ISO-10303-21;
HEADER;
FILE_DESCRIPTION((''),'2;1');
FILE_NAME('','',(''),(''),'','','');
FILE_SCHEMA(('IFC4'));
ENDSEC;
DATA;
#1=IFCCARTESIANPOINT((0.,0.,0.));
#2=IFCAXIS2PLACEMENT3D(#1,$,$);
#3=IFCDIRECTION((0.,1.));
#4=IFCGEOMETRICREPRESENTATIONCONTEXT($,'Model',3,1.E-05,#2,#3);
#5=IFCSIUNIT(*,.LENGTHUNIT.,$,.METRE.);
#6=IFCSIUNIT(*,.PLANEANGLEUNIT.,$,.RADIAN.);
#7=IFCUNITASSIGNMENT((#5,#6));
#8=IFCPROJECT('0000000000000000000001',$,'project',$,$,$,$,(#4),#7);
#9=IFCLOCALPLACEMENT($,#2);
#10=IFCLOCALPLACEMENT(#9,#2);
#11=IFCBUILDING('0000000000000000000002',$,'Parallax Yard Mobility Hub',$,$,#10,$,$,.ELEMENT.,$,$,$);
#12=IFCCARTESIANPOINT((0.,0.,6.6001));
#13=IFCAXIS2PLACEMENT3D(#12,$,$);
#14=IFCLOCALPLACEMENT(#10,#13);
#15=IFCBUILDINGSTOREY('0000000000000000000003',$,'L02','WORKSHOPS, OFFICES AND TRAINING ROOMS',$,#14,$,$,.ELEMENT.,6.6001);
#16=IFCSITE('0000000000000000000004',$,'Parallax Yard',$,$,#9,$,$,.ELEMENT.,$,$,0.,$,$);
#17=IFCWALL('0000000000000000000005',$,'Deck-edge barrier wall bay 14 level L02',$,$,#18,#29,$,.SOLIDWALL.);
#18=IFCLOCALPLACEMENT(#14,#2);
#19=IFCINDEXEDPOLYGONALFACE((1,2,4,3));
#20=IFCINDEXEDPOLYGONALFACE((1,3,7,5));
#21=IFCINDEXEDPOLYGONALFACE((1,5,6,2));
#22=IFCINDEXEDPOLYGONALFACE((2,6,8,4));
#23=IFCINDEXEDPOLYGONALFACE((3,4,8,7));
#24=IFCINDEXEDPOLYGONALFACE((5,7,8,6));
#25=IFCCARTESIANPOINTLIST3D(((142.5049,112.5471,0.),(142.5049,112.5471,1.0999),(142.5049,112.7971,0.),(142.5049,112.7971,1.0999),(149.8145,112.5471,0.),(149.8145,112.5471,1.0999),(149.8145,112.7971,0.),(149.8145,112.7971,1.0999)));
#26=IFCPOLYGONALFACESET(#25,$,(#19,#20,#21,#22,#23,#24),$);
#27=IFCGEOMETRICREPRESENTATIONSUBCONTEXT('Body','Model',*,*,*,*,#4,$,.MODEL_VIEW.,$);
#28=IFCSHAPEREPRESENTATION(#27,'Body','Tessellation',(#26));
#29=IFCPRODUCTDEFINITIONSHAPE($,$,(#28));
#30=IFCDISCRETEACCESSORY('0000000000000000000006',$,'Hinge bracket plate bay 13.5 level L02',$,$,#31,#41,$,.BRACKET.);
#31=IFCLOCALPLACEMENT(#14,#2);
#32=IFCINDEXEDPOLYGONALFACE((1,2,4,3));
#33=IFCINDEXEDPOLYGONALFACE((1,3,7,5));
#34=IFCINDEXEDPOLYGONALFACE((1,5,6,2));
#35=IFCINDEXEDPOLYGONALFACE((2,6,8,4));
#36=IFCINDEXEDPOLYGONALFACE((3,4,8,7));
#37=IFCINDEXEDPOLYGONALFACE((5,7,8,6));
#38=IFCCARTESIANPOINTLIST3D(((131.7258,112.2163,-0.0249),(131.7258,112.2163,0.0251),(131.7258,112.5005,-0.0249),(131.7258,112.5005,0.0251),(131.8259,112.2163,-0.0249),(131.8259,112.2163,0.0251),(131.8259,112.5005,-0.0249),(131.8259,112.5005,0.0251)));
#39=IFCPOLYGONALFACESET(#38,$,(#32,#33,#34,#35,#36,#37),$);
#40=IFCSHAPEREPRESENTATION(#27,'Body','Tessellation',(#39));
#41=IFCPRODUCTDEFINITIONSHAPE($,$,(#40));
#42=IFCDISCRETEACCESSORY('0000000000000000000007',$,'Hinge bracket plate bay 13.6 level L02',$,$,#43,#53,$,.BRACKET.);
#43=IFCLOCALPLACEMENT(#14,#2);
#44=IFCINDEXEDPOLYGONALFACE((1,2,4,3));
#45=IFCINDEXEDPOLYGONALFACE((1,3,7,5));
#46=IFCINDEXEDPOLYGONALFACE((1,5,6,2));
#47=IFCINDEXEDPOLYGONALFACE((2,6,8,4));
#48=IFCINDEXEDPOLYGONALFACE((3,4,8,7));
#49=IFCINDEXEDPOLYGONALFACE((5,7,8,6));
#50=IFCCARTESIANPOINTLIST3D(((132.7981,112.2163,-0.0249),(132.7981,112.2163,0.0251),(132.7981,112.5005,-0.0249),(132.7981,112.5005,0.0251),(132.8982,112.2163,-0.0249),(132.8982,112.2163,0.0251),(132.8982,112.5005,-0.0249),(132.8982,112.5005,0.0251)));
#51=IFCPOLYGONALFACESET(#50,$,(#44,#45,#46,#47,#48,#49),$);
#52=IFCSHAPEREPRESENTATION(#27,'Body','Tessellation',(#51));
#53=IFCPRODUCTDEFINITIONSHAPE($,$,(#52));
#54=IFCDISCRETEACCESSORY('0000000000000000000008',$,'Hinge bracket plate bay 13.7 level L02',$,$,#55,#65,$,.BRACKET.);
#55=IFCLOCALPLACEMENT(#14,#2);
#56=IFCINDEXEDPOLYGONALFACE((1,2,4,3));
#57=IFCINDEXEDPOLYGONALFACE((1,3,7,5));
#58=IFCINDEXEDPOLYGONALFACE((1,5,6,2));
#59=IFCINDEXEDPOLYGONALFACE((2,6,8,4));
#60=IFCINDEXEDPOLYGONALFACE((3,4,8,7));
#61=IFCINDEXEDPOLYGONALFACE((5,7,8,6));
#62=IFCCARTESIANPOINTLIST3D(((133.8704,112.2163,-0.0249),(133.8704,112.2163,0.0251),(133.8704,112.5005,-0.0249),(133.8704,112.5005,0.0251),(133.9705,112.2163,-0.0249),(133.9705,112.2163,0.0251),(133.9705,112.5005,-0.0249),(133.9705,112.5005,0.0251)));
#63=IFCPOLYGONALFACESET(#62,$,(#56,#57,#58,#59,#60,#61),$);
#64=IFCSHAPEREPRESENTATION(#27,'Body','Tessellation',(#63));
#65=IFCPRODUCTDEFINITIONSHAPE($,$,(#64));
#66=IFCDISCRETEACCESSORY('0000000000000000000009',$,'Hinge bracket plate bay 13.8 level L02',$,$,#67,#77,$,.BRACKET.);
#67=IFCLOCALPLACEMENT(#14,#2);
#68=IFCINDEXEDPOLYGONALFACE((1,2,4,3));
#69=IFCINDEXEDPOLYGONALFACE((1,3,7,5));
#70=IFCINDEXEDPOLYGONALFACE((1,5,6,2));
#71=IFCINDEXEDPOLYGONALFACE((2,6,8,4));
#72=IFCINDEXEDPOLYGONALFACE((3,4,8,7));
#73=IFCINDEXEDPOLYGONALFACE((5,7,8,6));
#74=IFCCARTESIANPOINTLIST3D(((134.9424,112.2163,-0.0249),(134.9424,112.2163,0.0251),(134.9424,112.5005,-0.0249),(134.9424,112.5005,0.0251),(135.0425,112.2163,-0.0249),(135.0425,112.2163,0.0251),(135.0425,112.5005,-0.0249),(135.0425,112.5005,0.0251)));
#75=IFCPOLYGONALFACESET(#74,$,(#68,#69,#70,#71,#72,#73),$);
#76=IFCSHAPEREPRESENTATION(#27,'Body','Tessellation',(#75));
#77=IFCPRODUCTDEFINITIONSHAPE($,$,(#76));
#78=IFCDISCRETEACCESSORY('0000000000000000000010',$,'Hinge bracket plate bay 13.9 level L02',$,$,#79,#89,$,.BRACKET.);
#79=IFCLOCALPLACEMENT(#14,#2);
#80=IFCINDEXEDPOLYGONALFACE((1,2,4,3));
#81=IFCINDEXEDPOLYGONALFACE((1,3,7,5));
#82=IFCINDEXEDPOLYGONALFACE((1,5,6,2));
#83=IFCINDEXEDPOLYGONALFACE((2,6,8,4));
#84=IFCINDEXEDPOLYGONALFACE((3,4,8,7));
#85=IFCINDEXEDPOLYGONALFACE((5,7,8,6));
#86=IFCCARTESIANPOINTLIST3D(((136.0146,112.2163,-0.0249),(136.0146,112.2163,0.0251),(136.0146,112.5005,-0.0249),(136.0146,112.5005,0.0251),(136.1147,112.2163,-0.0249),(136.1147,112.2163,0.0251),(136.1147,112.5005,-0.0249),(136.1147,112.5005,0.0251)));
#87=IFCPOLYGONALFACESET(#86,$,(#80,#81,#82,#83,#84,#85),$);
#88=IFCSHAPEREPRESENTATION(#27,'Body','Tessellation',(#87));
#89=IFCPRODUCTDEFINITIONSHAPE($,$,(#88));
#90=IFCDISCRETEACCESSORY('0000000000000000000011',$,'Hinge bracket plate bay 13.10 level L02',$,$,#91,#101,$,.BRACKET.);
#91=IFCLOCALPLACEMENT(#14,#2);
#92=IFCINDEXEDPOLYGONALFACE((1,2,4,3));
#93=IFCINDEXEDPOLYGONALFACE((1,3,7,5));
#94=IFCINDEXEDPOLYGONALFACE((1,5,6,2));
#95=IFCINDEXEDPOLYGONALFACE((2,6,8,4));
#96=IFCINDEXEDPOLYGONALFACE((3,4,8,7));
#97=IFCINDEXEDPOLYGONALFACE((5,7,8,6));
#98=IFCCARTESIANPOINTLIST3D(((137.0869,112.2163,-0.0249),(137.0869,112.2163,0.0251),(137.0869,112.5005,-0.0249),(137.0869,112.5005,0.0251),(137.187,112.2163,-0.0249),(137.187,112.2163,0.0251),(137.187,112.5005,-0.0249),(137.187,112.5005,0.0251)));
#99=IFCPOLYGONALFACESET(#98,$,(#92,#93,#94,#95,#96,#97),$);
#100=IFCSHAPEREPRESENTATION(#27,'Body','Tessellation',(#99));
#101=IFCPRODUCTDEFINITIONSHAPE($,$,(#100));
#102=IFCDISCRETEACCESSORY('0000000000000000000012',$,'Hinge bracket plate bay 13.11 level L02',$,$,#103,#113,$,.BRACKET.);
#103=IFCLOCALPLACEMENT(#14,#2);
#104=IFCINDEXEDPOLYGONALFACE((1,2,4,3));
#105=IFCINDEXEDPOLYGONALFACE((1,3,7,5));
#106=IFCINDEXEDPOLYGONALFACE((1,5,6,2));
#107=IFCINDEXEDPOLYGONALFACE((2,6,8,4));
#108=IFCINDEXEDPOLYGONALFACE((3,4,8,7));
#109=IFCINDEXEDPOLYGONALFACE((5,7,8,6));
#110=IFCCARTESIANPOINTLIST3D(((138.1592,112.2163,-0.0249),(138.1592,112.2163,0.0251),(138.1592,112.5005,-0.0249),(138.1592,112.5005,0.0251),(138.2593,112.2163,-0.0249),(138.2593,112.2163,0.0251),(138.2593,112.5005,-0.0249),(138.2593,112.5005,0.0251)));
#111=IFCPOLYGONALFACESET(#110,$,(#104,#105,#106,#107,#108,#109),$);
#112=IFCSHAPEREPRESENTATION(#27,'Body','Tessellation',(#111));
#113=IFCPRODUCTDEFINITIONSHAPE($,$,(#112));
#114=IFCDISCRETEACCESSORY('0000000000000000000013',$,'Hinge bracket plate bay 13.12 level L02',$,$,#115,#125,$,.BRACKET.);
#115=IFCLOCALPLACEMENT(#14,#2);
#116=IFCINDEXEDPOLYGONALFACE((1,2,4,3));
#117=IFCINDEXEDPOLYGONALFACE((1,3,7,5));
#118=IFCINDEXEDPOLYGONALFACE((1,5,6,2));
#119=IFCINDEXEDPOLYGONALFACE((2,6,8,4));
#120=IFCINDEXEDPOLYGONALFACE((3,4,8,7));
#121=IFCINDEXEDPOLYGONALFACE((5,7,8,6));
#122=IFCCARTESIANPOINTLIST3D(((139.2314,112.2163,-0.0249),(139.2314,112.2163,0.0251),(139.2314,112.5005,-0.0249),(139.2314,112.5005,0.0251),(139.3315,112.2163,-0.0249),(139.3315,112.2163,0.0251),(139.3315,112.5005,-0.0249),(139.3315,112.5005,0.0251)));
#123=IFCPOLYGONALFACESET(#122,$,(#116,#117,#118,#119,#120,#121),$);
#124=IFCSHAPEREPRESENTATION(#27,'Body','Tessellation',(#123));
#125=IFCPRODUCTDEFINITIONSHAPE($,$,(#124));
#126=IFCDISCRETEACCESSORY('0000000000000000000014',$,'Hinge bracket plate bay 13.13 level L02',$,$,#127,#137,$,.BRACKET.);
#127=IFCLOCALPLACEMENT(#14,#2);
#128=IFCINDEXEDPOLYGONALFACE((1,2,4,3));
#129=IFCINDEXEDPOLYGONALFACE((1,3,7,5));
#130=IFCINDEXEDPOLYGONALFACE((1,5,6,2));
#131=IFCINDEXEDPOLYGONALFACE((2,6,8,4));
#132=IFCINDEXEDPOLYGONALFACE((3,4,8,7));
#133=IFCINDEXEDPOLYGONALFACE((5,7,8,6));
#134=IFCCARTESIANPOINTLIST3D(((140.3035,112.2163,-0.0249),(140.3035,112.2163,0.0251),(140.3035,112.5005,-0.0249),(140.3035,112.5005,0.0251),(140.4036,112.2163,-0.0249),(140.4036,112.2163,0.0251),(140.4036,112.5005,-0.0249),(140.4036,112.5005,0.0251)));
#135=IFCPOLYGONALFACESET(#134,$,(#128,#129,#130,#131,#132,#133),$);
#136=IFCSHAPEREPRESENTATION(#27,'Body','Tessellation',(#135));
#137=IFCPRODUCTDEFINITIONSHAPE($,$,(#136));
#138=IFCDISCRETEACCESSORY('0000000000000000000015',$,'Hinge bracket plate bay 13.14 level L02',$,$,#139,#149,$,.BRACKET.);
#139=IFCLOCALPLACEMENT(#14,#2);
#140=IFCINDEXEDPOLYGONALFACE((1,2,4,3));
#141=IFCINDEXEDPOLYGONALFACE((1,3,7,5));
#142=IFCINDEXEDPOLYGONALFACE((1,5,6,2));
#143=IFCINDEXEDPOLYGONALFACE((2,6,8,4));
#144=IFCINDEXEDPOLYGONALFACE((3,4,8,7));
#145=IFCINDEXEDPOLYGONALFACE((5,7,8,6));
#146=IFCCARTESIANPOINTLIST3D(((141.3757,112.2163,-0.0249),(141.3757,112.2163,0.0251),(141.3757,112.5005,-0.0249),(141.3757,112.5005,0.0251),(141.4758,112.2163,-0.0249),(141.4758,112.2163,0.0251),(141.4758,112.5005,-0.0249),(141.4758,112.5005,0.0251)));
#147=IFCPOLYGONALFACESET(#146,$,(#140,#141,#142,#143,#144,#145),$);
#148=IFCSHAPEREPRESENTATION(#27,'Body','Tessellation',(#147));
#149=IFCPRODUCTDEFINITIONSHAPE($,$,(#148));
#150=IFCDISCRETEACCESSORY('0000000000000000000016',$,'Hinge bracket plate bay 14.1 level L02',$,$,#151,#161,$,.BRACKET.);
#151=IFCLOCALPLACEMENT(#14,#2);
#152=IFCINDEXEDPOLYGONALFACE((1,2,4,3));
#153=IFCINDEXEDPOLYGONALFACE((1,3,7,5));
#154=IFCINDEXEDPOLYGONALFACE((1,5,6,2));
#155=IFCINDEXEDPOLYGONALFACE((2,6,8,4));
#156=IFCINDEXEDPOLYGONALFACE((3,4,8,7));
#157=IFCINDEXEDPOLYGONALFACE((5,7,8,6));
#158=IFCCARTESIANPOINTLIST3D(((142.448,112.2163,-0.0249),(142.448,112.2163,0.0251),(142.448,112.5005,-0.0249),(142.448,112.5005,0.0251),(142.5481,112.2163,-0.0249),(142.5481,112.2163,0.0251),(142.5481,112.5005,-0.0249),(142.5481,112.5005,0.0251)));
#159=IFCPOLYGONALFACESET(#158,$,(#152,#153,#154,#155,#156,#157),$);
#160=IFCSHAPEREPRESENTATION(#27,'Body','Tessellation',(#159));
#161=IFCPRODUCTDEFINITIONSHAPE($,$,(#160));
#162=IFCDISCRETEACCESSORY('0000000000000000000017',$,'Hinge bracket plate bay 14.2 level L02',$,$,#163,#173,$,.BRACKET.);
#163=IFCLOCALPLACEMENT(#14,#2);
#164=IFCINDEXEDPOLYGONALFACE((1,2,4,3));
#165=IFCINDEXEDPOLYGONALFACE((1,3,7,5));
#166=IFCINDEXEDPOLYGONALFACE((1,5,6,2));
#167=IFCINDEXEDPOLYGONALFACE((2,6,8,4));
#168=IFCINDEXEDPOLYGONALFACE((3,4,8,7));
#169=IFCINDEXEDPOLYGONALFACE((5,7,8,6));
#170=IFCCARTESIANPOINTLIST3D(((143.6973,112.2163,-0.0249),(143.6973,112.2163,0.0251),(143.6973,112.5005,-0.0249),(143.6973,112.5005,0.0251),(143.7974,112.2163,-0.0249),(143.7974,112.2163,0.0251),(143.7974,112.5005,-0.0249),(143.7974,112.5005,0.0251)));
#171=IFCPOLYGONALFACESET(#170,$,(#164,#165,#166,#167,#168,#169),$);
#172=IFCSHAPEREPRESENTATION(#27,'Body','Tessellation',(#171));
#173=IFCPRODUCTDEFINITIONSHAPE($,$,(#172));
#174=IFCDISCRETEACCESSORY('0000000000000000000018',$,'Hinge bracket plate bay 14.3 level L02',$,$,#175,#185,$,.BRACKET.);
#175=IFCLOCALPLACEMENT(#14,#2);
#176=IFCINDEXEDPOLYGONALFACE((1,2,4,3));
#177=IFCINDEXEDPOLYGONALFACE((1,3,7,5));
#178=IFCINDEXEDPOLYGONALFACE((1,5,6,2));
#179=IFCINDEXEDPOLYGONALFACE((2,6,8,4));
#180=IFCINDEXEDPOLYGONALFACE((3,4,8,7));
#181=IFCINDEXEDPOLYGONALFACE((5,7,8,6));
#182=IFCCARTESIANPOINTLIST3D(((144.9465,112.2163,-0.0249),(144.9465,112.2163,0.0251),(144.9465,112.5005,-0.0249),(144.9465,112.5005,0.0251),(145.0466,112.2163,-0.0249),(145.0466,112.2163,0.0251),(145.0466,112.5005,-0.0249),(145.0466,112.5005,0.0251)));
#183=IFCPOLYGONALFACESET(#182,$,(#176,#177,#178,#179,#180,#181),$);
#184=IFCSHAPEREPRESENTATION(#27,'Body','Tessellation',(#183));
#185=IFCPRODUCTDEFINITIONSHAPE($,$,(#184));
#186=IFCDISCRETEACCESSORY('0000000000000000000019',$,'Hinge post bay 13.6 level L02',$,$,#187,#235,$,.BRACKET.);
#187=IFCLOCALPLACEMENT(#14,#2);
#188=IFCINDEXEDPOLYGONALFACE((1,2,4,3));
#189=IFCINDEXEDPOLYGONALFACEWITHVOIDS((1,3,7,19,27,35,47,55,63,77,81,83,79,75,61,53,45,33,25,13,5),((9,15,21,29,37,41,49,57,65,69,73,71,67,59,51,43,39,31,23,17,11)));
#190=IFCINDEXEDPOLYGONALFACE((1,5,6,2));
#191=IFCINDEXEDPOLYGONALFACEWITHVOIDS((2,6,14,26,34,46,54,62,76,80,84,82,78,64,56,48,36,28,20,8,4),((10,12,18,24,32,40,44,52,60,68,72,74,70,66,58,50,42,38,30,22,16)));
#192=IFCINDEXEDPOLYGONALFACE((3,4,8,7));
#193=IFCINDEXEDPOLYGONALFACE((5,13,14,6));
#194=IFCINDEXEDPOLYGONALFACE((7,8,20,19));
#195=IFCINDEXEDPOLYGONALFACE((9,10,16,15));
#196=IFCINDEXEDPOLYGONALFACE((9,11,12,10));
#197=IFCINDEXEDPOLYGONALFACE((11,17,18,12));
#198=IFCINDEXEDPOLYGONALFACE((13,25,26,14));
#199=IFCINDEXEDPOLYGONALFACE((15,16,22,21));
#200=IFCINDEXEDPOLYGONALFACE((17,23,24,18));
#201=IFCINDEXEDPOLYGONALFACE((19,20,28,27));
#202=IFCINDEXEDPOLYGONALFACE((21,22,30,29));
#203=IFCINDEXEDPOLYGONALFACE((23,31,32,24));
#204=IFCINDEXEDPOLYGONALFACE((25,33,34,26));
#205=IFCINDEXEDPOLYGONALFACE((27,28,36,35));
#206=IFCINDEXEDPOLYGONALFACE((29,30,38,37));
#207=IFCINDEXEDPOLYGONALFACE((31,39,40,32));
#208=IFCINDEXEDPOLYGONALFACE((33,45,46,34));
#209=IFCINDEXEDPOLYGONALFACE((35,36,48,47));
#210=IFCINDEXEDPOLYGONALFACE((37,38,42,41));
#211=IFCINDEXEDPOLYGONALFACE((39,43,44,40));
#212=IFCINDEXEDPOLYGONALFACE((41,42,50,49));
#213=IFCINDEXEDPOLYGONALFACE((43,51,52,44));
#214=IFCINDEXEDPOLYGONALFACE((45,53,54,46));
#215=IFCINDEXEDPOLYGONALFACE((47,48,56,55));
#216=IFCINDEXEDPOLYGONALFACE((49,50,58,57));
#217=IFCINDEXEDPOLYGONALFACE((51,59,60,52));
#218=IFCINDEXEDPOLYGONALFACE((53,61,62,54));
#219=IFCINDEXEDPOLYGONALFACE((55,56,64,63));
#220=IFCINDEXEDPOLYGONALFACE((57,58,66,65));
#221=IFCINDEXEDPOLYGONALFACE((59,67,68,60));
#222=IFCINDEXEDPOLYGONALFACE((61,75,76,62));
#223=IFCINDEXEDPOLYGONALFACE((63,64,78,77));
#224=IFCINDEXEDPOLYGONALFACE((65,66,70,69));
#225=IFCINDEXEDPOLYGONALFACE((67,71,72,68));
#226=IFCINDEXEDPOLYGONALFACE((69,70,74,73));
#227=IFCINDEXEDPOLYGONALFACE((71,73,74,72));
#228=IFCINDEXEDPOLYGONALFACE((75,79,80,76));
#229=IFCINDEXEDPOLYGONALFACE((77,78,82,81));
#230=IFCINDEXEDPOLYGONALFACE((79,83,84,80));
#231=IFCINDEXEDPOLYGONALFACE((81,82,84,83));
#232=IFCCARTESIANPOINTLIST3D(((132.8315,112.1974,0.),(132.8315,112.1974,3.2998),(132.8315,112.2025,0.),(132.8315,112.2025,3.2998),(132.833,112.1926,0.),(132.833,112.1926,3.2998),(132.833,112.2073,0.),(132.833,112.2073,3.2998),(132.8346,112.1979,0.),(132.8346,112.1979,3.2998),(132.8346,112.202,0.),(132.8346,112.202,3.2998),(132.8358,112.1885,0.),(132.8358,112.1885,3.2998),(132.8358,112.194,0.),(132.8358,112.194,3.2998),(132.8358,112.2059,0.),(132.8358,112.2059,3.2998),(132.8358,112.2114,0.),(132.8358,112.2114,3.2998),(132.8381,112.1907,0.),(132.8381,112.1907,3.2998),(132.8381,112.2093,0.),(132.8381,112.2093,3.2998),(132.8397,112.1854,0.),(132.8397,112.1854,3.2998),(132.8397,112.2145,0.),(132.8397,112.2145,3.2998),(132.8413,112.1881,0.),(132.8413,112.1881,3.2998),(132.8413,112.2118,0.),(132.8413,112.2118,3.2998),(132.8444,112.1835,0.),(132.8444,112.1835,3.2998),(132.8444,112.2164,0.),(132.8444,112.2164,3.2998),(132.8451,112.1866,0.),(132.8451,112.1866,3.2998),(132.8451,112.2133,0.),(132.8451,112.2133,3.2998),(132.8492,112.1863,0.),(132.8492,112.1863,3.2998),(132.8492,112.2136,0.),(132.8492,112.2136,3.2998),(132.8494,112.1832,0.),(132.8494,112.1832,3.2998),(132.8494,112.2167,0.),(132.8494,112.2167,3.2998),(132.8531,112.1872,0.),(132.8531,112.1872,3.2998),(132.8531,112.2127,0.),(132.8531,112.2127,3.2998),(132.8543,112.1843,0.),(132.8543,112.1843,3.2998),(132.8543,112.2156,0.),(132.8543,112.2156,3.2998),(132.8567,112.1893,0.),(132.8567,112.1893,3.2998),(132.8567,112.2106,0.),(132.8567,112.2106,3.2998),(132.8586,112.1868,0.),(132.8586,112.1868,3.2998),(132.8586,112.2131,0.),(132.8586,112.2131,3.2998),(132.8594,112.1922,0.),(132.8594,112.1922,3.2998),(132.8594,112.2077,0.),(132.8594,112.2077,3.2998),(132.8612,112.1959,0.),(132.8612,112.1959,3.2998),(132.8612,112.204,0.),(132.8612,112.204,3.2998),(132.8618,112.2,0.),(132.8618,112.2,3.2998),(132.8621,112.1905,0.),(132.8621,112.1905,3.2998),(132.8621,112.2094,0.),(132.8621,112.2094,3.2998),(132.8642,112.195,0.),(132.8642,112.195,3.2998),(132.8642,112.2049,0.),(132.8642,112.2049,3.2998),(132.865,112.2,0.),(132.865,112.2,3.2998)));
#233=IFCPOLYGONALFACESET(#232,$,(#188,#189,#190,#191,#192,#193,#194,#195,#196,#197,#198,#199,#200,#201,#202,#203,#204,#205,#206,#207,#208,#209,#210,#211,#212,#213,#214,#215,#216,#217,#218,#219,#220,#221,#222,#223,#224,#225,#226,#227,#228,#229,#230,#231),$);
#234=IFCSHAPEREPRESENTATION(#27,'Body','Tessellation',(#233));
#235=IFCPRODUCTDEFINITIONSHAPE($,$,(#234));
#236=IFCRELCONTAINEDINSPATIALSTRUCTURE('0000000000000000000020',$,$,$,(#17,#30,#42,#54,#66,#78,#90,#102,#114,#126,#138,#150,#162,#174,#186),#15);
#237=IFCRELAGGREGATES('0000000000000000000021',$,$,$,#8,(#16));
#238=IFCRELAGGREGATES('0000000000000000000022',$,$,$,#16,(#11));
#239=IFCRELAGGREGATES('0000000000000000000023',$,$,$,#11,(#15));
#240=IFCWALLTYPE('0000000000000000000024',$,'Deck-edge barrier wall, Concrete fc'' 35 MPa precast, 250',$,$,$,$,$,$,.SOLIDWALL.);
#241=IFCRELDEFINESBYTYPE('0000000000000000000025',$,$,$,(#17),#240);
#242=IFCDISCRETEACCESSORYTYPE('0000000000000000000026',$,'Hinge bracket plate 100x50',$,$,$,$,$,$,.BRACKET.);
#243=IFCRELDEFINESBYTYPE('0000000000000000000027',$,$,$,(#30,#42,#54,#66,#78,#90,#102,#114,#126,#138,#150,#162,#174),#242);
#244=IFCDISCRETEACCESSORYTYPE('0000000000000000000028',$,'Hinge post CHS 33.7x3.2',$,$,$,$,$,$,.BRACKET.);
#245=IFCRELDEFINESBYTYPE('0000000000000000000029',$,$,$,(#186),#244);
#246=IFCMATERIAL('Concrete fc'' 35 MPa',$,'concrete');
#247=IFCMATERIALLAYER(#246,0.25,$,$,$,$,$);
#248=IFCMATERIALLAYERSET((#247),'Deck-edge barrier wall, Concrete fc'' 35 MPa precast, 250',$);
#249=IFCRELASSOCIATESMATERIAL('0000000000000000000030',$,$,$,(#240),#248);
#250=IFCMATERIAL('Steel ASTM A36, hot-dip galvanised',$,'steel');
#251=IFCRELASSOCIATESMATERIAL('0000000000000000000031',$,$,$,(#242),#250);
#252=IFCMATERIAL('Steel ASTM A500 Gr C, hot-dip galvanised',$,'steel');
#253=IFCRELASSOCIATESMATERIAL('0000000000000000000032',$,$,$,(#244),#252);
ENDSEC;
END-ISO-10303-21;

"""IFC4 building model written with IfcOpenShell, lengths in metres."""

from ifc_helpers import new_model, si_unit, direction, frame, frame_2d, origin, origin_2d, place, context, subcontext, project, spatial, rectangle, hollow_circle, extrude, material, layer, layer_set, material_profile, profile_set, type_object, element, save


model = new_model("IFC4")

# Units and contexts
model_context = context("Model", 3, precision=1e-05, world=origin(), true_north=direction((0.0, 1.0)))
body_context = subcontext(model_context, "Body", "Model", "MODEL_VIEW")
ifc_project = project(units=[si_unit("LENGTHUNIT", "METRE"), si_unit("PLANEANGLEUNIT", "RADIAN")], contexts=[model_context])

# Site, building, storey
site_placement = place(None, origin())
site = spatial("IfcSite", under=ifc_project, at=site_placement, Name="Parallax Yard", CompositionType="ELEMENT", RefElevation=0.0)
building_placement = place(site_placement, origin())
building = spatial("IfcBuilding", under=site, at=building_placement, Name="Parallax Yard Mobility Hub", CompositionType="ELEMENT")
storey_placement = place(building_placement, frame((0.0, 0.0, 6.6001)))
storey = spatial("IfcBuildingStorey", under=building, at=storey_placement, Name="L02", Description="WORKSHOPS, OFFICES AND TRAINING ROOMS", CompositionType="ELEMENT", Elevation=6.6001)

# Shared definitions
ifc_material_1 = material(Name="Concrete fc' 35 MPa", Category="concrete")

# Wall
ifc_layer_1 = layer(ifc_material_1, 0.25)
ifc_layer_set_1 = layer_set([ifc_layer_1], Name="Deck-edge barrier wall, Concrete fc' 35 MPa precast, 250")
wall_type_1 = type_object("IfcWallType", Name="Deck-edge barrier wall, Concrete fc' 35 MPa precast, 250", PredefinedType="SOLIDWALL", material=ifc_layer_set_1)
wall_1_placement = place(storey_placement, frame((142.5049, 112.6721, 0.0), z_axis=(0.0, 0.0, 1.0), x_axis=(1.0, 0.0, 0.0)))
element("IfcWall", 1, at=wall_1_placement, inside=storey, type_object=wall_type_1, Name="Deck-edge barrier wall bay 14 level L02", PredefinedType="SOLIDWALL", context=body_context, shape_type="SweptSolid", body=[
    extrude(rectangle(XDim=7.3096, YDim=0.25, at=frame_2d((3.6548, 0.0))), origin(), (0.0, 0.0, 1.0), 1.0999),
])

# Discrete accessories
ifc_material_2 = material(Name="Steel ASTM A36, hot-dip galvanised", Category="steel")
discrete_accessory_type_1 = type_object("IfcDiscreteAccessoryType", Name="Hinge bracket plate 100x50", PredefinedType="BRACKET", material=ifc_material_2)
for number, where, z_axis, x_axis, name in (
    (2, (131.7759, 112.3584, -0.0249), (0.0, 0.0, 1.0), (0.0, -1.0, 0.0), "Hinge bracket plate bay 13.5 level L02"),
    (3, (132.8481, 112.3584, -0.0249), (0.0, 0.0, 1.0), (0.0, -1.0, 0.0), "Hinge bracket plate bay 13.6 level L02"),
    (4, (133.9204, 112.3584, -0.0249), (0.0, 0.0, 1.0), (0.0, -1.0, 0.0), "Hinge bracket plate bay 13.7 level L02"),
    (5, (134.9924, 112.3584, -0.0249), (0.0, 0.0, 1.0), (0.0, -1.0, 0.0), "Hinge bracket plate bay 13.8 level L02"),
    (6, (136.0647, 112.3584, -0.0249), (0.0, 0.0, 1.0), (0.0, -1.0, 0.0), "Hinge bracket plate bay 13.9 level L02"),
    (7, (137.137, 112.3584, -0.0249), (0.0, 0.0, 1.0), (0.0, -1.0, 0.0), "Hinge bracket plate bay 13.10 level L02"),
    (8, (138.2092, 112.3584, -0.0249), (0.0, 0.0, 1.0), (0.0, -1.0, 0.0), "Hinge bracket plate bay 13.11 level L02"),
    (9, (139.2815, 112.3584, -0.0249), (0.0, 0.0, 1.0), (0.0, -1.0, 0.0), "Hinge bracket plate bay 13.12 level L02"),
    (10, (140.3535, 112.3584, -0.0249), (0.0, 0.0, 1.0), (0.0, -1.0, 0.0), "Hinge bracket plate bay 13.13 level L02"),
    (11, (141.4258, 112.3584, -0.0249), (0.0, 0.0, 1.0), (0.0, -1.0, 0.0), "Hinge bracket plate bay 13.14 level L02"),
    (12, (142.498, 112.3584, -0.0249), (0.0, 0.0, 1.0), (0.0, -1.0, 0.0), "Hinge bracket plate bay 14.1 level L02"),
    (13, (143.7473, 112.3584, -0.0249), (0.0, 0.0, 1.0), (0.0, -1.0, 0.0), "Hinge bracket plate bay 14.2 level L02"),
    (14, (144.9966, 112.3584, -0.0249), (0.0, 0.0, 1.0), (0.0, -1.0, 0.0), "Hinge bracket plate bay 14.3 level L02"),
):
    element("IfcDiscreteAccessory", number, at=place(storey_placement, frame(where, z_axis=z_axis, x_axis=x_axis)), inside=storey, type_object=discrete_accessory_type_1, Name=name, PredefinedType="BRACKET", context=body_context, shape_type="SweptSolid", body=[
        extrude(rectangle(XDim=0.2842, YDim=0.1001, at=origin_2d()), origin(), (0.0, 0.0, 1.0), 0.05),
    ])
ifc_material_3 = material(Name="Steel ASTM A500 Gr C, hot-dip galvanised", Category="steel")
ifc_material_profile_1 = material_profile(ifc_material_3, hollow_circle(Radius=0.0168, WallThickness=0.0032, at=origin_2d()), Name="CHS 33.7x3.2")
ifc_profile_set_1 = profile_set([ifc_material_profile_1], Name="Steel ASTM A500 Gr C, hot-dip galvanised")
discrete_accessory_type_2 = type_object("IfcDiscreteAccessoryType", Name="Hinge post CHS 33.7x3.2", PredefinedType="BRACKET", material=ifc_profile_set_1)
for number, where, z_axis, x_axis, name in (
    (15, (132.8481, 112.2, 0.0), (0.0, 0.0, 1.0), (1.0, 0.0, 0.0), "Hinge post bay 13.6 level L02"),
):
    element("IfcDiscreteAccessory", number, at=place(storey_placement, frame(where, z_axis=z_axis, x_axis=x_axis)), inside=storey, type_object=discrete_accessory_type_2, Name=name, PredefinedType="BRACKET", context=body_context, shape_type="SweptSolid", body=[
        extrude(hollow_circle(Radius=0.0168, WallThickness=0.0032, at=origin_2d()), origin(), (0.0, 0.0, 1.0), 3.2998),
    ])

save(model, "model.ifc")
